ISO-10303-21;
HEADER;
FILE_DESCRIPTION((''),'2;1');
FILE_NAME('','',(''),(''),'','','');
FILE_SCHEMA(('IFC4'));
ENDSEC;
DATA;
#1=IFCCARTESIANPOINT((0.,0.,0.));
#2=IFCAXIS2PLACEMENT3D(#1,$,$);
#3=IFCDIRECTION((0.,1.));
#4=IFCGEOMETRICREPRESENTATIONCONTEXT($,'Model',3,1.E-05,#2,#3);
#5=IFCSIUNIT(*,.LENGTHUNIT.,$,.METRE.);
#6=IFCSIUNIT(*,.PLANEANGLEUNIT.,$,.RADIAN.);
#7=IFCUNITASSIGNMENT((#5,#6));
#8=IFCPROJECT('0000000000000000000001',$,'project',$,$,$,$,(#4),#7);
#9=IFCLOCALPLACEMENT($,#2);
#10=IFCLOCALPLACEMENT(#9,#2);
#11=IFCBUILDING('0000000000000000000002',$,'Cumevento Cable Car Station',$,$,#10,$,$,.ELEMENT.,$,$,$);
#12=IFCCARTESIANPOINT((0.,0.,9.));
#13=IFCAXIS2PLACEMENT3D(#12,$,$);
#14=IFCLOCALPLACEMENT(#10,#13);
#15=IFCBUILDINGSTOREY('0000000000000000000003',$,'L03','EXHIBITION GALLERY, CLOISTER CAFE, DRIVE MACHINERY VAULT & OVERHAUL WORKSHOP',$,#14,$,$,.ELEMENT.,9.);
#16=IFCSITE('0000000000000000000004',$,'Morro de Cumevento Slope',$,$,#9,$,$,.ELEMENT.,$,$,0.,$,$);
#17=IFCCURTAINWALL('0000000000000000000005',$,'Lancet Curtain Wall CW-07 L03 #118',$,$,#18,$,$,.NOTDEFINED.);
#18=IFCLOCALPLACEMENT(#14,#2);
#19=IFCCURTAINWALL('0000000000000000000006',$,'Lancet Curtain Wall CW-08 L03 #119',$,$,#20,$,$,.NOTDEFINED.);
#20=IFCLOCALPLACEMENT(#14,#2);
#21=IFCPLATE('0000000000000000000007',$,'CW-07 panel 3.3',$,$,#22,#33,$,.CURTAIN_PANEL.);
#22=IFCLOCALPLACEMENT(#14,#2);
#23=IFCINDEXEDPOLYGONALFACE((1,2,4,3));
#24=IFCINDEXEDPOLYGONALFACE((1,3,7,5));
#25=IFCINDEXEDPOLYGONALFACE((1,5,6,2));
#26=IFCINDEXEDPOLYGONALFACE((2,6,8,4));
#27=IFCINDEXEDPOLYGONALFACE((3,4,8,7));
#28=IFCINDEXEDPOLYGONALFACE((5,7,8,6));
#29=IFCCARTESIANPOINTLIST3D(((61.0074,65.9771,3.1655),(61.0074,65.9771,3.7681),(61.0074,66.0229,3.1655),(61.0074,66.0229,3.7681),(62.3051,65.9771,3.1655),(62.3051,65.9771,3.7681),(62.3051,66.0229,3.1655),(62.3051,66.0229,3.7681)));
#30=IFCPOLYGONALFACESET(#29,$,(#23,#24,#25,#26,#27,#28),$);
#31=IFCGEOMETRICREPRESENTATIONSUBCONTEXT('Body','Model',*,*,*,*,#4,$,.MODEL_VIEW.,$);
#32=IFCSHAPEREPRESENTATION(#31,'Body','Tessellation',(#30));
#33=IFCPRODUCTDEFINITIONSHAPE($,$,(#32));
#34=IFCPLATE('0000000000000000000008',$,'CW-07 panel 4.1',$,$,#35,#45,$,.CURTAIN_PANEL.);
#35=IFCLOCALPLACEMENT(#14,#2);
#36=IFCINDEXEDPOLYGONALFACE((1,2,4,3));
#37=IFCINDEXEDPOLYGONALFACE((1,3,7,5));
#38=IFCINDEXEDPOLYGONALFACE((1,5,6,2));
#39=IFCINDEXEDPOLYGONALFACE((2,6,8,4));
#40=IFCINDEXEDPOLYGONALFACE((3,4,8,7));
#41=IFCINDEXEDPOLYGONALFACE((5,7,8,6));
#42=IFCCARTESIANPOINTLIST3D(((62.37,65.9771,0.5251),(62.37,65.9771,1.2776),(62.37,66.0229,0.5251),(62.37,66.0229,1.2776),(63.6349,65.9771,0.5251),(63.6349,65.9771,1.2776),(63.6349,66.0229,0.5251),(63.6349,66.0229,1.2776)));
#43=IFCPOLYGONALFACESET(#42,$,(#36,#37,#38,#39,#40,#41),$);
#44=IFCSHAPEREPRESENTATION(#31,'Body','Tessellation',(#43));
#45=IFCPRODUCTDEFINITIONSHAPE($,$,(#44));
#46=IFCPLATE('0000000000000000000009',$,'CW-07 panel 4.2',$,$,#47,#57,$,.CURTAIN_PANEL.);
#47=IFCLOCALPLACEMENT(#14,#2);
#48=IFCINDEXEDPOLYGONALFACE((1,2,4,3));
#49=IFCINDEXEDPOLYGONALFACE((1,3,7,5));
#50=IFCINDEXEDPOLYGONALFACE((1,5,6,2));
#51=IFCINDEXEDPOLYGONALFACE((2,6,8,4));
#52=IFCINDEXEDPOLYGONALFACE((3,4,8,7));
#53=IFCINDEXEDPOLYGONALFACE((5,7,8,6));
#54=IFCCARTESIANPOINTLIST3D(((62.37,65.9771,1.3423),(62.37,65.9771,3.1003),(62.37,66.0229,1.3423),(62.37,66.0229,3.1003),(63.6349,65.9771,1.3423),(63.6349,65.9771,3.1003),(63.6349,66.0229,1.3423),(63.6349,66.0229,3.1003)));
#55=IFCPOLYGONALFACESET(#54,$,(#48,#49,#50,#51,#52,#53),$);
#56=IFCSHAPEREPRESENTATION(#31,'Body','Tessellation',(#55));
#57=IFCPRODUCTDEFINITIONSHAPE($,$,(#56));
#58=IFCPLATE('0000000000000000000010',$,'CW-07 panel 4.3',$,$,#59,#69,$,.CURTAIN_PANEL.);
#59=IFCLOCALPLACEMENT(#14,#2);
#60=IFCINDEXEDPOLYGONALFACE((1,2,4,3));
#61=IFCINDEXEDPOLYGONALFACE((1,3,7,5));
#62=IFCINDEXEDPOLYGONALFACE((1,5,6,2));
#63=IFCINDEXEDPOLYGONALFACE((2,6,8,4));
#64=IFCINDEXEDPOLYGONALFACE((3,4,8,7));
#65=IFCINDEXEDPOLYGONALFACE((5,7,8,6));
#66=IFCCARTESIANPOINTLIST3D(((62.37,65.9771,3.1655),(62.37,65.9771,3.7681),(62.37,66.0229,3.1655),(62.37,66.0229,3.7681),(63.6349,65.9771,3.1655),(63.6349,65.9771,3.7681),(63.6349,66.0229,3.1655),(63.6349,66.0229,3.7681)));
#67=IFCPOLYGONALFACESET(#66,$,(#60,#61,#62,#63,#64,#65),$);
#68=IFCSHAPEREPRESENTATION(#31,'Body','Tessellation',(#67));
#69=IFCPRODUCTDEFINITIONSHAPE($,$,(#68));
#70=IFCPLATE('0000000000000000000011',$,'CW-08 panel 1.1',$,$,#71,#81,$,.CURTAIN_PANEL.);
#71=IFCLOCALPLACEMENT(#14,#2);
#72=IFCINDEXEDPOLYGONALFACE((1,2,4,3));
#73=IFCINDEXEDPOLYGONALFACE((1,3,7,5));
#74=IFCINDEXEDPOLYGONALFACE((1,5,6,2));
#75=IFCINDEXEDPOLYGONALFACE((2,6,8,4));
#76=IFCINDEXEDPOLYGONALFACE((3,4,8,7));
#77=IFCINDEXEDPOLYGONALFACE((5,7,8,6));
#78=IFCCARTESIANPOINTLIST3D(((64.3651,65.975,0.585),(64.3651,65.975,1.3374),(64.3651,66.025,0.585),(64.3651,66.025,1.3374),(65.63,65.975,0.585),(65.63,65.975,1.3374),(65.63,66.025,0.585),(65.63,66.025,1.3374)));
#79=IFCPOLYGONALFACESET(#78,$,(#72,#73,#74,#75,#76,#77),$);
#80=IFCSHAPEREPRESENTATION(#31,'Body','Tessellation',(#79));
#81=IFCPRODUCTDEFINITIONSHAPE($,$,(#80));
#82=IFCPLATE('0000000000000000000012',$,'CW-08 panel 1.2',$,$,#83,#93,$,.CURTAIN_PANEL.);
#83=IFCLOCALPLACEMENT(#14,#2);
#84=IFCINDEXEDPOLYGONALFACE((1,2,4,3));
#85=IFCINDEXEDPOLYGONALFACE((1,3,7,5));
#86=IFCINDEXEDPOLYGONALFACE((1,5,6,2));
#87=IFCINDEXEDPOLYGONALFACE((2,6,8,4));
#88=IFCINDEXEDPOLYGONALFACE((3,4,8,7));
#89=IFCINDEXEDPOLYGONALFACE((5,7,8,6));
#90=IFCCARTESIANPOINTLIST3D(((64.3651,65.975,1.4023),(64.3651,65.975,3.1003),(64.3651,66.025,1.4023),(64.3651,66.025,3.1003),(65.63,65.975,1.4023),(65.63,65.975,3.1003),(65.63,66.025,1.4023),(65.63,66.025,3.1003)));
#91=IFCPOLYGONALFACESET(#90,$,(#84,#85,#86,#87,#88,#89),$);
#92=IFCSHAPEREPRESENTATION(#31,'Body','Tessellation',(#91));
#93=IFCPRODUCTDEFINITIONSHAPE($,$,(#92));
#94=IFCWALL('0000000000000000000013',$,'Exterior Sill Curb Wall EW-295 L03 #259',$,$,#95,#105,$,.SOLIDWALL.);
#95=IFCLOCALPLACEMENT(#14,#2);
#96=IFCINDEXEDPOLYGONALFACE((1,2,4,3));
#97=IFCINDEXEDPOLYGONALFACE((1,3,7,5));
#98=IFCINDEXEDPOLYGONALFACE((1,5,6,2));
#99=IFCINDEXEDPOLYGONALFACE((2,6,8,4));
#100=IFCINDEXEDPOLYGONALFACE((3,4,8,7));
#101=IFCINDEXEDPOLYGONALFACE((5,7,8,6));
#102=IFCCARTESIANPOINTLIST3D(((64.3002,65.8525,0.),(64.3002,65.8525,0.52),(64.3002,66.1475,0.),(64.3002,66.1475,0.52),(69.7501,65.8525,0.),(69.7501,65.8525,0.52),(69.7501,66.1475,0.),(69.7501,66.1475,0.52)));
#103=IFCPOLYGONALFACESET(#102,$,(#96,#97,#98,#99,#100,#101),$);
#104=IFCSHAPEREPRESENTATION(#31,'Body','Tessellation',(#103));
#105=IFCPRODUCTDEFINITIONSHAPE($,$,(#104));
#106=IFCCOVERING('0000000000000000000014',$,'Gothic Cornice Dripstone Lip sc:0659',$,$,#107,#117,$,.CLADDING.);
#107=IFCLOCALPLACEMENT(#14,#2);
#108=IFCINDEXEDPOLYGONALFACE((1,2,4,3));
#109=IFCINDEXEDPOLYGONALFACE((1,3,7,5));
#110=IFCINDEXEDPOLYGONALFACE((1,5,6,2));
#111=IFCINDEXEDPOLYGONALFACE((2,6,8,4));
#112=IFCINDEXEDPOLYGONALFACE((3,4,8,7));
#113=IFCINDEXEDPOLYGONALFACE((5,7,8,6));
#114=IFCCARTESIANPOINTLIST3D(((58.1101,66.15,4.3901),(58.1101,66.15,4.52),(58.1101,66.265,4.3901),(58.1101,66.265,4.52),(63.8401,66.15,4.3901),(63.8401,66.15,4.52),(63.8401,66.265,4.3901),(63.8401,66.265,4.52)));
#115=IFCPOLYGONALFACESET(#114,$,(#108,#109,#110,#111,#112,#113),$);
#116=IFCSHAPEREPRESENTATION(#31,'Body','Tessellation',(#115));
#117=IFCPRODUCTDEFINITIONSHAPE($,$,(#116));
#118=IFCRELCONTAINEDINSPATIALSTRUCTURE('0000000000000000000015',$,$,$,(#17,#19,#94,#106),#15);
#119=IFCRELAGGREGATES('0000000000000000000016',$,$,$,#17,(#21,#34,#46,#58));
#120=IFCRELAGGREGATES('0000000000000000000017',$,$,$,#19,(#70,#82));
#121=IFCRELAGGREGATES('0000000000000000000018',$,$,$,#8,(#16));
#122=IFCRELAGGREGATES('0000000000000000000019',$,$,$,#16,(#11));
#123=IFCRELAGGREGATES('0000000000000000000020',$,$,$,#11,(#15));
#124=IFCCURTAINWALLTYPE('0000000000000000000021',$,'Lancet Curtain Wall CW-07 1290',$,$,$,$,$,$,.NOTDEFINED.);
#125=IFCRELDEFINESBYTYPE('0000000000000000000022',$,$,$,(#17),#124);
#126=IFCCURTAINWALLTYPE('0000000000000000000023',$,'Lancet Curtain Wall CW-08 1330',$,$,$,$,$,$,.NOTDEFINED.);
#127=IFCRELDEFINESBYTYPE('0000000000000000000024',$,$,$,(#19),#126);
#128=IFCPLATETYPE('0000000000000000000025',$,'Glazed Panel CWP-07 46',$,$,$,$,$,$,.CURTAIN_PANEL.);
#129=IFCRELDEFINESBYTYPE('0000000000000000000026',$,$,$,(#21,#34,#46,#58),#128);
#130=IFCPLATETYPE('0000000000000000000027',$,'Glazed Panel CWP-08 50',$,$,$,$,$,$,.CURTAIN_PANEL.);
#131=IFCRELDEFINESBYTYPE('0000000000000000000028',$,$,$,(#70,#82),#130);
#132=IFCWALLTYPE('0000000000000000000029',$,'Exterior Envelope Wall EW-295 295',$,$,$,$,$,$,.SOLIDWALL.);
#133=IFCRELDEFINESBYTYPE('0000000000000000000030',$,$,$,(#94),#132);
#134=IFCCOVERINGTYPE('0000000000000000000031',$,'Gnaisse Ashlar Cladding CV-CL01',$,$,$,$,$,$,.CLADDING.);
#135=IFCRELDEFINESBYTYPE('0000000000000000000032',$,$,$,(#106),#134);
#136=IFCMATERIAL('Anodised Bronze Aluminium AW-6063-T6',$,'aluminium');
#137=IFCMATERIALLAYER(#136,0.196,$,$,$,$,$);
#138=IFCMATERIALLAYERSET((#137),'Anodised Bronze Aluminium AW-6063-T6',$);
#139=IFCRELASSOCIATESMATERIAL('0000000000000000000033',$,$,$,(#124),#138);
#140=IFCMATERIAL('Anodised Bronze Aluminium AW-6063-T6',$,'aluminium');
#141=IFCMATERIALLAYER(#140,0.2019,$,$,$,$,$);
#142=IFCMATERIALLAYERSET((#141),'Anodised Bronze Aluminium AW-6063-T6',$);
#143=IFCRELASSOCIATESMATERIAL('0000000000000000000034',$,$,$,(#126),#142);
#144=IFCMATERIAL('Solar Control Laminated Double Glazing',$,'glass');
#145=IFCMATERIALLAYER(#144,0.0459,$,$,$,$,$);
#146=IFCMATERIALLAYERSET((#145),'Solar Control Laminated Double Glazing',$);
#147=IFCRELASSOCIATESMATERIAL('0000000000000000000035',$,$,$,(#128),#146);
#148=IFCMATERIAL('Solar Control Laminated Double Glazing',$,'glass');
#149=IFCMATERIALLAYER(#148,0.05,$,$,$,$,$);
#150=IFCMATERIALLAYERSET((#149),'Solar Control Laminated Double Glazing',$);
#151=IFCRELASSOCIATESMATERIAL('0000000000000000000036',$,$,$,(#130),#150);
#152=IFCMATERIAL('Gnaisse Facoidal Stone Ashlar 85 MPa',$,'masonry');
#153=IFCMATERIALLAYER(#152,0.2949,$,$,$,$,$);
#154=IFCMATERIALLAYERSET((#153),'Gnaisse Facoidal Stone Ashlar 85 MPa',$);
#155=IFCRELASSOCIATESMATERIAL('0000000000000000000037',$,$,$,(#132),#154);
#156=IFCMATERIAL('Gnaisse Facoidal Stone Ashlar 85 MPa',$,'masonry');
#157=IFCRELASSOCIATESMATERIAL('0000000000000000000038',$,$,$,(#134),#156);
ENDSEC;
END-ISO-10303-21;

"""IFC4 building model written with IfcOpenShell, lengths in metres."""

from ifc_helpers import new_model, si_unit, direction, frame, frame_2d, origin, origin_2d, place, context, subcontext, project, spatial, rectangle, extrude, material, layer, layer_set, type_object, element, aggregate, save


model = new_model("IFC4")

# Units and contexts
model_context = context("Model", 3, precision=1e-05, world=origin(), true_north=direction((0.0, 1.0)))
body_context = subcontext(model_context, "Body", "Model", "MODEL_VIEW")
ifc_project = project(units=[si_unit("LENGTHUNIT", "METRE"), si_unit("PLANEANGLEUNIT", "RADIAN")], contexts=[model_context])

# Site, building, storey
site_placement = place(None, origin())
site = spatial("IfcSite", under=ifc_project, at=site_placement, Name="Morro de Cumevento Slope", CompositionType="ELEMENT", RefElevation=0.0)
building_placement = place(site_placement, origin())
building = spatial("IfcBuilding", under=site, at=building_placement, Name="Cumevento Cable Car Station", CompositionType="ELEMENT")
storey_placement = place(building_placement, frame((0.0, 0.0, 9.0)))
storey = spatial("IfcBuildingStorey", under=building, at=storey_placement, Name="L03", Description="EXHIBITION GALLERY, CLOISTER CAFE, DRIVE MACHINERY VAULT & OVERHAUL WORKSHOP", CompositionType="ELEMENT", Elevation=9.0)

# Curtain wall
ifc_material_1 = material(Name="Anodised Bronze Aluminium AW-6063-T6", Category="aluminium")
ifc_layer_1 = layer(ifc_material_1, 0.196)
ifc_layer_set_1 = layer_set([ifc_layer_1], Name="Anodised Bronze Aluminium AW-6063-T6")
curtain_wall_type_1 = type_object("IfcCurtainWallType", Name="Lancet Curtain Wall CW-07 1290", PredefinedType="NOTDEFINED", material=ifc_layer_set_1)
curtain_wall_1_placement = place(storey_placement, origin())
curtain_wall_1 = element("IfcCurtainWall", 1, at=curtain_wall_1_placement, inside=storey, type_object=curtain_wall_type_1, Name="Lancet Curtain Wall CW-07 L03 #118", PredefinedType="NOTDEFINED")

# Curtain wall
ifc_material_2 = material(Name="Anodised Bronze Aluminium AW-6063-T6", Category="aluminium")
ifc_layer_2 = layer(ifc_material_2, 0.2019)
ifc_layer_set_2 = layer_set([ifc_layer_2], Name="Anodised Bronze Aluminium AW-6063-T6")
curtain_wall_type_2 = type_object("IfcCurtainWallType", Name="Lancet Curtain Wall CW-08 1330", PredefinedType="NOTDEFINED", material=ifc_layer_set_2)
curtain_wall_2_placement = place(storey_placement, origin())
curtain_wall_2 = element("IfcCurtainWall", 2, at=curtain_wall_2_placement, inside=storey, type_object=curtain_wall_type_2, Name="Lancet Curtain Wall CW-08 L03 #119", PredefinedType="NOTDEFINED")

# Plates
ifc_material_3 = material(Name="Solar Control Laminated Double Glazing", Category="glass")
ifc_layer_3 = layer(ifc_material_3, 0.0459)
ifc_layer_set_3 = layer_set([ifc_layer_3], Name="Solar Control Laminated Double Glazing")
plate_type_1 = type_object("IfcPlateType", Name="Glazed Panel CWP-07 46", PredefinedType="CURTAIN_PANEL", material=ifc_layer_set_3)
plate_1_placement = place(storey_placement, frame((61.6562, 66.0, 3.1655), z_axis=(0.0, 0.0, 1.0), x_axis=(1.0, 0.0, 0.0)))
plate_1 = element("IfcPlate", 3, at=plate_1_placement, type_object=plate_type_1, Name="CW-07 panel 3.3", PredefinedType="CURTAIN_PANEL", context=body_context, shape_type="SweptSolid", body=[
    extrude(rectangle(XDim=1.2976, YDim=0.0459, at=origin_2d()), origin(), (0.0, 0.0, 1.0), 0.6025),
])
plate_2_placement = place(storey_placement, frame((63.0024, 66.0, 0.5251), z_axis=(0.0, 0.0, 1.0), x_axis=(1.0, 0.0, 0.0)))
plate_2 = element("IfcPlate", 4, at=plate_2_placement, type_object=plate_type_1, Name="CW-07 panel 4.1", PredefinedType="CURTAIN_PANEL", context=body_context, shape_type="SweptSolid", body=[
    extrude(rectangle(XDim=1.2649, YDim=0.0459, at=origin_2d()), origin(), (0.0, 0.0, 1.0), 0.7524),
])
plate_3_placement = place(storey_placement, frame((63.0024, 66.0, 1.3423), z_axis=(0.0, 0.0, 1.0), x_axis=(1.0, 0.0, 0.0)))
plate_3 = element("IfcPlate", 5, at=plate_3_placement, type_object=plate_type_1, Name="CW-07 panel 4.2", PredefinedType="CURTAIN_PANEL", context=body_context, shape_type="SweptSolid", body=[
    extrude(rectangle(XDim=1.2649, YDim=0.0459, at=origin_2d()), origin(), (0.0, 0.0, 1.0), 1.7581),
])
plate_4_placement = place(storey_placement, frame((63.0024, 66.0, 3.1655), z_axis=(0.0, 0.0, 1.0), x_axis=(1.0, 0.0, 0.0)))
plate_4 = element("IfcPlate", 6, at=plate_4_placement, type_object=plate_type_1, Name="CW-07 panel 4.3", PredefinedType="CURTAIN_PANEL", context=body_context, shape_type="SweptSolid", body=[
    extrude(rectangle(XDim=1.2649, YDim=0.0459, at=origin_2d()), origin(), (0.0, 0.0, 1.0), 0.6025),
])
aggregate(curtain_wall_1, [plate_1, plate_2, plate_3, plate_4])
ifc_material_4 = material(Name="Solar Control Laminated Double Glazing", Category="glass")
ifc_layer_4 = layer(ifc_material_4, 0.05)
ifc_layer_set_4 = layer_set([ifc_layer_4], Name="Solar Control Laminated Double Glazing")
plate_type_2 = type_object("IfcPlateType", Name="Glazed Panel CWP-08 50", PredefinedType="CURTAIN_PANEL", material=ifc_layer_set_4)
plate_5_placement = place(storey_placement, frame((64.9976, 66.0, 0.585), z_axis=(0.0, 0.0, 1.0), x_axis=(1.0, 0.0, 0.0)))
plate_5 = element("IfcPlate", 7, at=plate_5_placement, type_object=plate_type_2, Name="CW-08 panel 1.1", PredefinedType="CURTAIN_PANEL", context=body_context, shape_type="SweptSolid", body=[
    extrude(rectangle(XDim=1.2649, YDim=0.05, at=origin_2d()), origin(), (0.0, 0.0, 1.0), 0.7524),
])
plate_6_placement = place(storey_placement, frame((64.9976, 66.0, 1.4023), z_axis=(0.0, 0.0, 1.0), x_axis=(1.0, 0.0, 0.0)))
plate_6 = element("IfcPlate", 8, at=plate_6_placement, type_object=plate_type_2, Name="CW-08 panel 1.2", PredefinedType="CURTAIN_PANEL", context=body_context, shape_type="SweptSolid", body=[
    extrude(rectangle(XDim=1.2649, YDim=0.05, at=origin_2d()), origin(), (0.0, 0.0, 1.0), 1.698),
])
aggregate(curtain_wall_2, [plate_5, plate_6])

# Wall
ifc_material_5 = material(Name="Gnaisse Facoidal Stone Ashlar 85 MPa", Category="masonry")
ifc_layer_5 = layer(ifc_material_5, 0.2949)
ifc_layer_set_5 = layer_set([ifc_layer_5], Name="Gnaisse Facoidal Stone Ashlar 85 MPa")
wall_type = type_object("IfcWallType", Name="Exterior Envelope Wall EW-295 295", PredefinedType="SOLIDWALL", material=ifc_layer_set_5)
wall_placement = place(storey_placement, frame((64.3, 66.0, 0.0), z_axis=(0.0, 0.0, 1.0), x_axis=(1.0, 0.0, 0.0)))
element("IfcWall", 9, at=wall_placement, inside=storey, type_object=wall_type, Name="Exterior Sill Curb Wall EW-295 L03 #259", PredefinedType="SOLIDWALL", context=body_context, shape_type="SweptSolid", body=[
    extrude(rectangle(XDim=5.45, YDim=0.2949, at=frame_2d((2.7251, 0.0))), origin(), (0.0, 0.0, 1.0), 0.52),
])

# Covering
ifc_material_6 = material(Name="Gnaisse Facoidal Stone Ashlar 85 MPa", Category="masonry")
covering_type = type_object("IfcCoveringType", Name="Gnaisse Ashlar Cladding CV-CL01", PredefinedType="CLADDING", material=ifc_material_6)
covering_1_placement = place(storey_placement, frame((60.9751, 66.2075, 4.3901), z_axis=(0.0, 0.0, 1.0), x_axis=(1.0, 0.0, 0.0)))
element("IfcCovering", 10, at=covering_1_placement, inside=storey, type_object=covering_type, Name="Gothic Cornice Dripstone Lip sc:0659", PredefinedType="CLADDING", context=body_context, shape_type="SweptSolid", body=[
    extrude(rectangle(XDim=5.73, YDim=0.115, at=origin_2d()), origin(), (0.0, 0.0, 1.0), 0.1299),
])

save(model, "model.ifc")
